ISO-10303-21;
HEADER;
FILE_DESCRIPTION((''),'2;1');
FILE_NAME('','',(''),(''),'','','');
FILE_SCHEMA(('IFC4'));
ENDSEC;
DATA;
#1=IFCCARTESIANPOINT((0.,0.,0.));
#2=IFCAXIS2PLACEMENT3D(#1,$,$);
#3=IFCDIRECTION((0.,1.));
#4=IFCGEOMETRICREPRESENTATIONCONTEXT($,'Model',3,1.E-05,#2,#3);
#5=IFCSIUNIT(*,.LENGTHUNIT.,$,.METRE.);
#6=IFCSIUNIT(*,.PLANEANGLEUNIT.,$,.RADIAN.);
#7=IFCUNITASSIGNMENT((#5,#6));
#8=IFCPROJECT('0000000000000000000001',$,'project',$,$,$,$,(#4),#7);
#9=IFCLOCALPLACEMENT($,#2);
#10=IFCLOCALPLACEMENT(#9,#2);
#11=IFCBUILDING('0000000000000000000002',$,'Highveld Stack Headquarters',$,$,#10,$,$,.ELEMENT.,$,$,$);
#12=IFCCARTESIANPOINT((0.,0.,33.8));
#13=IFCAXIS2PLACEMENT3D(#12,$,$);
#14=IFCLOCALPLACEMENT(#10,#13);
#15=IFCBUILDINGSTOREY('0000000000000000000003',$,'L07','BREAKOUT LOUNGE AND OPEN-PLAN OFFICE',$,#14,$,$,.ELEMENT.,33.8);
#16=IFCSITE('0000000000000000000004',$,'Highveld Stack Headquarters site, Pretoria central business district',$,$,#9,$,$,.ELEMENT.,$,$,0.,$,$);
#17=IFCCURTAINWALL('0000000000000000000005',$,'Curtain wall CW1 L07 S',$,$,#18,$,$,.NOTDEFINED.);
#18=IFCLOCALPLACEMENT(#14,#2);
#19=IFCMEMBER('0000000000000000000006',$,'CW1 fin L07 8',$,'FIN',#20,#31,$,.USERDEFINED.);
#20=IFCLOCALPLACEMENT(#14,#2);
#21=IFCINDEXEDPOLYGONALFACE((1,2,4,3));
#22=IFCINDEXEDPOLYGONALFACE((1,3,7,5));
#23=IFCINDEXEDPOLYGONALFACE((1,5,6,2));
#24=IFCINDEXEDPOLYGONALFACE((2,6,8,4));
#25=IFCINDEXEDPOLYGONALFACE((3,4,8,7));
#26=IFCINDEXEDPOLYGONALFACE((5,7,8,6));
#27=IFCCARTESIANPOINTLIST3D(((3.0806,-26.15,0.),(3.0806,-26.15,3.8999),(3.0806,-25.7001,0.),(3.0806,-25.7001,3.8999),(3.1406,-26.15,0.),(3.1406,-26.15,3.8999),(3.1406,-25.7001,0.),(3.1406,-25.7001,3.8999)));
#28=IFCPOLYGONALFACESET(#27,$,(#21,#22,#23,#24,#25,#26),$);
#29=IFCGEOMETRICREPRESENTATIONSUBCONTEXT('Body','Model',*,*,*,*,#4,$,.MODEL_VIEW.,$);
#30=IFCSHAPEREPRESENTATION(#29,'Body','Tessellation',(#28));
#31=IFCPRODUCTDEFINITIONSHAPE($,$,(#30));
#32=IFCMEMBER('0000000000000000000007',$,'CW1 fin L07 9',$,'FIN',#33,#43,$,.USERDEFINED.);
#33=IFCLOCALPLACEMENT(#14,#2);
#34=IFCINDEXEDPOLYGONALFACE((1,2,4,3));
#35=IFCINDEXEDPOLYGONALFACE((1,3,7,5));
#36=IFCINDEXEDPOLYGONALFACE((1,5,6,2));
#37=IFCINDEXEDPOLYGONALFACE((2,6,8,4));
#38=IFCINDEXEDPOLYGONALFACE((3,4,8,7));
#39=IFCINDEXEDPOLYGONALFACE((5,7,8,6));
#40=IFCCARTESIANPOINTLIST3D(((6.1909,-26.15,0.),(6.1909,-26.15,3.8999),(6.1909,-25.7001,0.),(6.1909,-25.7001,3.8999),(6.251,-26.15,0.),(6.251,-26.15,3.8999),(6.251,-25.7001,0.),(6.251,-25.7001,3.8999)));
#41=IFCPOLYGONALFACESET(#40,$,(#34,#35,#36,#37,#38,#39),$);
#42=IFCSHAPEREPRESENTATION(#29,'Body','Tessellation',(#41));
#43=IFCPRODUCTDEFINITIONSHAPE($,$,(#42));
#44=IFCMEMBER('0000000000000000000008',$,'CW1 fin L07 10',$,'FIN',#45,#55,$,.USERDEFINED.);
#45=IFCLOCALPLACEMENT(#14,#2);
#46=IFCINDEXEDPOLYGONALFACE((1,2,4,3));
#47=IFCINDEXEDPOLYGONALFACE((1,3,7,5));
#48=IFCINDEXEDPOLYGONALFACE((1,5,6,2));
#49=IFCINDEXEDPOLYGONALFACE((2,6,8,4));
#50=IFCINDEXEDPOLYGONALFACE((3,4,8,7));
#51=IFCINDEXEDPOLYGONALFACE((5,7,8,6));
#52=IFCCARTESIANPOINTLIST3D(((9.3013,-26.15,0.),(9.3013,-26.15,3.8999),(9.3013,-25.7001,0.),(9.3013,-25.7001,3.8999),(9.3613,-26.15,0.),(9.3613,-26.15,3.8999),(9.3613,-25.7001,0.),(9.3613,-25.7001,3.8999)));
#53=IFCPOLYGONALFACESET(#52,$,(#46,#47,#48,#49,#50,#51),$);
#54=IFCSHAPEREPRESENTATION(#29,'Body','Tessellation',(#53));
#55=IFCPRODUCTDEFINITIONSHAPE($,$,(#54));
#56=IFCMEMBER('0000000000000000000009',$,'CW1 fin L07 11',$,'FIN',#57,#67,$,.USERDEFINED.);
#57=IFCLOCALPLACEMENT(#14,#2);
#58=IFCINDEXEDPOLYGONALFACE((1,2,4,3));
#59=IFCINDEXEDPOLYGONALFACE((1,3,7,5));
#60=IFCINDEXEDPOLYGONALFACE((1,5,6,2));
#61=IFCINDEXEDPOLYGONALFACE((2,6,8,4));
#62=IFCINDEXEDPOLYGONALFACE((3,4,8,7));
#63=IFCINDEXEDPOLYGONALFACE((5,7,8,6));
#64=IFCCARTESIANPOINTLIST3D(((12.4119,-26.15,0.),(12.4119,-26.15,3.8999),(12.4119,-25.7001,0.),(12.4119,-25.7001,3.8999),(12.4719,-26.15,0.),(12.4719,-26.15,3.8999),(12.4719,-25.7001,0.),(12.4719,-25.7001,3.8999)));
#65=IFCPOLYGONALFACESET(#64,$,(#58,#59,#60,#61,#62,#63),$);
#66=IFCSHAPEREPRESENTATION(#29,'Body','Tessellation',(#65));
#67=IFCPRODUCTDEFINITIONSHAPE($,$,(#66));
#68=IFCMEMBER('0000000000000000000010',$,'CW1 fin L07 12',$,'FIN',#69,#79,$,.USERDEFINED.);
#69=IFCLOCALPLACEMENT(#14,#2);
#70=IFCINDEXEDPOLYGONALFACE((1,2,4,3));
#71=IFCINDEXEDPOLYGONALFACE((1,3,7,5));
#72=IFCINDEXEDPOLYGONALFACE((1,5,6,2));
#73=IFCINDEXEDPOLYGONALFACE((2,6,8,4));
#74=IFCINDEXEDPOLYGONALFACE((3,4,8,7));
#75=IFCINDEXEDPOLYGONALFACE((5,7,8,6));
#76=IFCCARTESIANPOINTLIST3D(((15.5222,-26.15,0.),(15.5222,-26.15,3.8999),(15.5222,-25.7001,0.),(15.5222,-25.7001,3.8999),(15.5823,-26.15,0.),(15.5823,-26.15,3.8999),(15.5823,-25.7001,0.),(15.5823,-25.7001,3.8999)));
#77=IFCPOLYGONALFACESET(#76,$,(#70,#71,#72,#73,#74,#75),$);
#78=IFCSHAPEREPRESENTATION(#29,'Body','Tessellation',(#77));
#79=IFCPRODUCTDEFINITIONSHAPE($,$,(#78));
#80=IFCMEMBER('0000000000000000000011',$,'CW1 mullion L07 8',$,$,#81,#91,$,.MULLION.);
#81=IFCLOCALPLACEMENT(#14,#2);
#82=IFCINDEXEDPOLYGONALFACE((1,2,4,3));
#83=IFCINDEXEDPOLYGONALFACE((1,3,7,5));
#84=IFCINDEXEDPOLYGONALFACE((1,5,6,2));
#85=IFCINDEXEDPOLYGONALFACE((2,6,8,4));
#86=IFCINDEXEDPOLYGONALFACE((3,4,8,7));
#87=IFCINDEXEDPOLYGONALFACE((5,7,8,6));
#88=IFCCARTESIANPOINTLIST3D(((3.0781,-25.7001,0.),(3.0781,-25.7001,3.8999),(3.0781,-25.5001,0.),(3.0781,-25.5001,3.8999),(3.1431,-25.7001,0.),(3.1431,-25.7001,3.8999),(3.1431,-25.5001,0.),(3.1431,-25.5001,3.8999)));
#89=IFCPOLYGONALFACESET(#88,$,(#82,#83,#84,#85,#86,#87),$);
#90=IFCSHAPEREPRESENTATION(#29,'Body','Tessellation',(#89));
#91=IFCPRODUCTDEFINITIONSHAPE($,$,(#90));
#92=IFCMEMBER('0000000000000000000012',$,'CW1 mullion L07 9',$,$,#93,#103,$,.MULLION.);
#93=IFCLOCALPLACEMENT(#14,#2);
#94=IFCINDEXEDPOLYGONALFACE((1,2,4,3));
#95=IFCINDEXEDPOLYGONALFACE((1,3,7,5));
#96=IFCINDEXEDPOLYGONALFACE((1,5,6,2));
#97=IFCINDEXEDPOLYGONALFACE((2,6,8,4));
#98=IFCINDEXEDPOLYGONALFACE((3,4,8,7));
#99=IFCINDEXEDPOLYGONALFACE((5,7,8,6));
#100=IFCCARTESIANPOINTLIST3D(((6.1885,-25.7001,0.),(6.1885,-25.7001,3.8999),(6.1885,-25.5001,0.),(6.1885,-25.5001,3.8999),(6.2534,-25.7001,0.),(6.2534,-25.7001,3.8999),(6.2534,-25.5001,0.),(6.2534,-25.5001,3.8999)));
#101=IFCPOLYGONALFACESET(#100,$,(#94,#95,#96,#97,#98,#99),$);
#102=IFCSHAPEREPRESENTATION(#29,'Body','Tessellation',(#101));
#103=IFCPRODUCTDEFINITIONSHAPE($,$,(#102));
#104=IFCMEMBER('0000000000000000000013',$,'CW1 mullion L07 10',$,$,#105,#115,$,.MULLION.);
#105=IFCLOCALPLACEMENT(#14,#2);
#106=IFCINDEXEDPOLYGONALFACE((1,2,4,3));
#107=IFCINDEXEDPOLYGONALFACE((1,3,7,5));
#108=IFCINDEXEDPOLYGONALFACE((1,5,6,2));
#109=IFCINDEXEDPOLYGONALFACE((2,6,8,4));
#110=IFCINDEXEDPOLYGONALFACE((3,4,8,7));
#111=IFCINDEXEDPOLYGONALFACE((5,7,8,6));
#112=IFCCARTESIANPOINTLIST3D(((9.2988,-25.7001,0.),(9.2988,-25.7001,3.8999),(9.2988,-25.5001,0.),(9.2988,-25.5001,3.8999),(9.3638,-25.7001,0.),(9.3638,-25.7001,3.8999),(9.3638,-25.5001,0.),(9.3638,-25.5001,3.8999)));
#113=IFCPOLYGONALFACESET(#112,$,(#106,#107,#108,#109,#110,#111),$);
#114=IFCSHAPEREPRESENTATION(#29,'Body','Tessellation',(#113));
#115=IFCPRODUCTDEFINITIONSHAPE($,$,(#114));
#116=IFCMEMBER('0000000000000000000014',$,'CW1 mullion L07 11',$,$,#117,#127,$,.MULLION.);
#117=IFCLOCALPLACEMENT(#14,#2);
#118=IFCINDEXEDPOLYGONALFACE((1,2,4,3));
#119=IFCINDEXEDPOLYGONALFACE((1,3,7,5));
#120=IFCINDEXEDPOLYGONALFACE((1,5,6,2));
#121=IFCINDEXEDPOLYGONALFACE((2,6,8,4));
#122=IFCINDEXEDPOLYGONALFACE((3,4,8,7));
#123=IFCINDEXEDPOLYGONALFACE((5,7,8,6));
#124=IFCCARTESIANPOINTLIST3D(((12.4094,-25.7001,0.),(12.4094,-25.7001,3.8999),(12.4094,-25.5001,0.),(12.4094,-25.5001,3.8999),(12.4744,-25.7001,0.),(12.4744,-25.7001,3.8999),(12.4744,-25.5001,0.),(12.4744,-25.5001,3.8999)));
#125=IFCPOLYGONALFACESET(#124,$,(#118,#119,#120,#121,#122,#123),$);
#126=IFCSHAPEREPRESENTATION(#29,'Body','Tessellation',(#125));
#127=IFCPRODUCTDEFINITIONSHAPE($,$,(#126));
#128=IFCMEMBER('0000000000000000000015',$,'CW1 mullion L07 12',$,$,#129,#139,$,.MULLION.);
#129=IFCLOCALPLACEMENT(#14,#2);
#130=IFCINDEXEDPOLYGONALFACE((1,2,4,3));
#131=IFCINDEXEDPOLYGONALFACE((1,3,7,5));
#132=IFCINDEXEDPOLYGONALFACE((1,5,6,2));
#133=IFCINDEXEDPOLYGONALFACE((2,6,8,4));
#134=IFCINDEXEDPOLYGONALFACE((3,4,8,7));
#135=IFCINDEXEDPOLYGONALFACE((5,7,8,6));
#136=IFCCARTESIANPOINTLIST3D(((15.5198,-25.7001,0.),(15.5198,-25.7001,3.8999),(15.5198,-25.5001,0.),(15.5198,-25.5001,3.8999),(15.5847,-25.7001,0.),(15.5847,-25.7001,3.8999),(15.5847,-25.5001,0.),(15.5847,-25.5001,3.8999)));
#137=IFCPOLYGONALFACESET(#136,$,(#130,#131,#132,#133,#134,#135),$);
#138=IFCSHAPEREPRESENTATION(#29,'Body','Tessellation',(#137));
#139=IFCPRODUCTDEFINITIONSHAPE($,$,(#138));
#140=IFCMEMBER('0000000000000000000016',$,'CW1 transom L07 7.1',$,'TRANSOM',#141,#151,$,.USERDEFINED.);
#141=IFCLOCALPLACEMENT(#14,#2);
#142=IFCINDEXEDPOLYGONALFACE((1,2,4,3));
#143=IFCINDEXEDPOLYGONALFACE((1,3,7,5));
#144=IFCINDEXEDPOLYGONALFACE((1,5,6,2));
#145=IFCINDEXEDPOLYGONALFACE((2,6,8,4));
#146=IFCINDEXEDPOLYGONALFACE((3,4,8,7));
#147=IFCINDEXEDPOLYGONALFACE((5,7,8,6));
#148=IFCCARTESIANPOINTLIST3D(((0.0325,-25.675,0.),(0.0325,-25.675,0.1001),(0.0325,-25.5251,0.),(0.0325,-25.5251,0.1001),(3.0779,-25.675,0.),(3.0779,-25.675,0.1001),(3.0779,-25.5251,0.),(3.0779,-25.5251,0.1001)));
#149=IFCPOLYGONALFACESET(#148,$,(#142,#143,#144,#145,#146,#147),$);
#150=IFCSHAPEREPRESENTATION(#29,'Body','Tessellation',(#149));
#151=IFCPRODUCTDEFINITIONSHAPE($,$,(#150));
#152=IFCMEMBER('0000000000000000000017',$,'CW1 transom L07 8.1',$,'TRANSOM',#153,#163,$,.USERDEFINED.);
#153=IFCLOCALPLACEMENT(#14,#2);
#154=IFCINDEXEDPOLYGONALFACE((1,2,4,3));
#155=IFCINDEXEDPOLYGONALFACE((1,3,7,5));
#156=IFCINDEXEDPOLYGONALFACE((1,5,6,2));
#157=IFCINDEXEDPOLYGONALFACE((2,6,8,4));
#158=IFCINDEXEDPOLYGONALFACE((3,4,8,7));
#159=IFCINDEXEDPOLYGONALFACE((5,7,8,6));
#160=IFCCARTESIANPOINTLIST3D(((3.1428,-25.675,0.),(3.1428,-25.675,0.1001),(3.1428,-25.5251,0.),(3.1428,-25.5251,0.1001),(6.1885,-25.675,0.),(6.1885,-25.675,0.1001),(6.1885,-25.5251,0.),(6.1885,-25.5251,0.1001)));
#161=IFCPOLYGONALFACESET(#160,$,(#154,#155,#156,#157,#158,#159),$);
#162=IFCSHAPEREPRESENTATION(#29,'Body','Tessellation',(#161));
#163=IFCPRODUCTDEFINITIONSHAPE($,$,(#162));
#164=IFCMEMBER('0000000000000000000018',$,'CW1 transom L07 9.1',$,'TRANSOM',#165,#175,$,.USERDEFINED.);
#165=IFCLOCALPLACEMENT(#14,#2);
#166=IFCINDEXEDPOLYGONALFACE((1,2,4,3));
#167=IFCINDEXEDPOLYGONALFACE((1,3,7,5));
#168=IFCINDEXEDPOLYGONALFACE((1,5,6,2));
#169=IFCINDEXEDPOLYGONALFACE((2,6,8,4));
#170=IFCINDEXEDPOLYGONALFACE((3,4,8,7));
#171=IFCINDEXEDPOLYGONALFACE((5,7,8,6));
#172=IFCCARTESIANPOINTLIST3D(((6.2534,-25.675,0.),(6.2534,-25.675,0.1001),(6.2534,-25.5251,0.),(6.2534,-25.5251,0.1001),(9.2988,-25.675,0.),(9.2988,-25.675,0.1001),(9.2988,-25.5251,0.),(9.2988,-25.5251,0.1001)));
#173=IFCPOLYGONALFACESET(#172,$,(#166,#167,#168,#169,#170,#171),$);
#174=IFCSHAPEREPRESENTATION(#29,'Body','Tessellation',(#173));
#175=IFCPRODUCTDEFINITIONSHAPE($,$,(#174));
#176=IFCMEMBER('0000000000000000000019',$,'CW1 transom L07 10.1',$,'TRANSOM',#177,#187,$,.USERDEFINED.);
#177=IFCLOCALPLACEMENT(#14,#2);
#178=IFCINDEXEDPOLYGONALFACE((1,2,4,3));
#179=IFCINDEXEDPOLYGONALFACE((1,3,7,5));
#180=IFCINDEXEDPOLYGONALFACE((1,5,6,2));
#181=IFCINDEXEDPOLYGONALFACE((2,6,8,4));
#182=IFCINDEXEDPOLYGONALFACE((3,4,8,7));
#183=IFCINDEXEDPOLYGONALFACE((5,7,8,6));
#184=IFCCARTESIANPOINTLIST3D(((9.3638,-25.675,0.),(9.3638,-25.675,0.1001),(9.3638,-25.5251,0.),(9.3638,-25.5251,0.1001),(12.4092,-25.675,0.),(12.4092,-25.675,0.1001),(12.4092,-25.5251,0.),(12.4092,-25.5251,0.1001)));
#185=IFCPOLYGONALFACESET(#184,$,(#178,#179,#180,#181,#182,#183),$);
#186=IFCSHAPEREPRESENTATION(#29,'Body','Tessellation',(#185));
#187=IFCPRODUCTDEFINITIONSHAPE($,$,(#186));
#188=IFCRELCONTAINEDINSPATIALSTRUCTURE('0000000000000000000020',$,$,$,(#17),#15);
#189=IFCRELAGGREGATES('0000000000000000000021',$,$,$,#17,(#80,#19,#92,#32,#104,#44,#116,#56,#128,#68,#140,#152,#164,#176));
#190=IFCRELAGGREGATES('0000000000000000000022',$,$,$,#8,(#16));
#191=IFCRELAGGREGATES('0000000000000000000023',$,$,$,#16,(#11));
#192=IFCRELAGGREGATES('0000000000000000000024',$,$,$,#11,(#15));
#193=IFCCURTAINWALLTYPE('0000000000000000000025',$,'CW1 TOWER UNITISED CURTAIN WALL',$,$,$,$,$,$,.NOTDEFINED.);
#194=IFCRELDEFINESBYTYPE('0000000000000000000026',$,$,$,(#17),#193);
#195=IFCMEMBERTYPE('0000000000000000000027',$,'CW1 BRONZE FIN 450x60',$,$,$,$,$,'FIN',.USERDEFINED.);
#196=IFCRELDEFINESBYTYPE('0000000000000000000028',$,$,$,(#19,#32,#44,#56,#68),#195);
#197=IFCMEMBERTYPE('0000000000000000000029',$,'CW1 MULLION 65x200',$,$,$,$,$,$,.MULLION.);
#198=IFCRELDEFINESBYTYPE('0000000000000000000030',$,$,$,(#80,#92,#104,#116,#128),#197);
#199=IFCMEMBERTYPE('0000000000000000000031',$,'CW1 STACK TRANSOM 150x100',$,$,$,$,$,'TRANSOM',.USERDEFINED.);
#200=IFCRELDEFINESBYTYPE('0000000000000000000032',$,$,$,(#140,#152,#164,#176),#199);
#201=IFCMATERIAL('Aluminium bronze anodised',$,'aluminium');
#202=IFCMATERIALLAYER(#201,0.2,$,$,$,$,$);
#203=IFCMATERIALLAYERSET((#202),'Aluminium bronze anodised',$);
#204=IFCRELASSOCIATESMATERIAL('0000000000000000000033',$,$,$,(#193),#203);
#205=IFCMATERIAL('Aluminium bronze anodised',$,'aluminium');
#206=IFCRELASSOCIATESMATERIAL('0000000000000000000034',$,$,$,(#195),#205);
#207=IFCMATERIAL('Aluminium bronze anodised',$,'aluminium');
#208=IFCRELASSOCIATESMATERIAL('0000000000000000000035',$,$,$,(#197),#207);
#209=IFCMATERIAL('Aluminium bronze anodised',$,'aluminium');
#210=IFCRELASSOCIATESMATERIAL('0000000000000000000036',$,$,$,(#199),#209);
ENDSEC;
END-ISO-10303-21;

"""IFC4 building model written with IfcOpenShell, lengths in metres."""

from ifc_helpers import new_model, si_unit, direction, frame, origin, origin_2d, place, context, subcontext, project, spatial, rectangle, extrude, material, layer, layer_set, material_profile, profile_set, type_object, element, aggregate, save


model = new_model("IFC4")

# Units and contexts
model_context = context("Model", 3, precision=1e-05, world=origin(), true_north=direction((0.0, 1.0)))
body_context = subcontext(model_context, "Body", "Model", "MODEL_VIEW")
ifc_project = project(units=[si_unit("LENGTHUNIT", "METRE"), si_unit("PLANEANGLEUNIT", "RADIAN")], contexts=[model_context])

# Site, building, storey
site_placement = place(None, origin())
site = spatial("IfcSite", under=ifc_project, at=site_placement, Name="Highveld Stack Headquarters site, Pretoria central business district", CompositionType="ELEMENT", RefElevation=0.0)
building_placement = place(site_placement, origin())
building = spatial("IfcBuilding", under=site, at=building_placement, Name="Highveld Stack Headquarters", CompositionType="ELEMENT")
storey_placement = place(building_placement, frame((0.0, 0.0, 33.8)))
storey = spatial("IfcBuildingStorey", under=building, at=storey_placement, Name="L07", Description="BREAKOUT LOUNGE AND OPEN-PLAN OFFICE", CompositionType="ELEMENT", Elevation=33.8)

# Curtain wall, members
ifc_material_1 = material(Name="Aluminium bronze anodised", Category="aluminium")
ifc_layer_1 = layer(ifc_material_1, 0.2)
ifc_layer_set_1 = layer_set([ifc_layer_1], Name="Aluminium bronze anodised")
curtain_wall_type = type_object("IfcCurtainWallType", Name="CW1 TOWER UNITISED CURTAIN WALL", PredefinedType="NOTDEFINED", material=ifc_layer_set_1)
curtain_wall_placement = place(storey_placement, origin())
curtain_wall = element("IfcCurtainWall", 1, at=curtain_wall_placement, inside=storey, type_object=curtain_wall_type, Name="Curtain wall CW1 L07 S", PredefinedType="NOTDEFINED")
ifc_material_2 = material(Name="Aluminium bronze anodised", Category="aluminium")
ifc_material_profile_1 = material_profile(ifc_material_2, rectangle(XDim=0.45, YDim=0.0601, at=origin_2d()), Name="FIN 450x60")
ifc_profile_set_1 = profile_set([ifc_material_profile_1], Name="Aluminium bronze anodised")
member_type_1 = type_object("IfcMemberType", Name="CW1 BRONZE FIN 450x60", ElementType="FIN", PredefinedType="USERDEFINED", material=ifc_profile_set_1)
member_1_placement = place(storey_placement, frame((3.1106, -25.925, 0.0), z_axis=(0.0, 0.0, 1.0), x_axis=(0.0, 1.0, 0.0)))
member_1 = element("IfcMember", 2, at=member_1_placement, type_object=member_type_1, Name="CW1 fin L07 8", ObjectType="FIN", PredefinedType="USERDEFINED", context=body_context, shape_type="SweptSolid", body=[
    extrude(rectangle(XDim=0.45, YDim=0.0601, at=origin_2d()), origin(), (0.0, 0.0, 1.0), 3.8999),
])
member_2_placement = place(storey_placement, frame((6.2209, -25.925, 0.0), z_axis=(0.0, 0.0, 1.0), x_axis=(0.0, 1.0, 0.0)))
member_2 = element("IfcMember", 3, at=member_2_placement, type_object=member_type_1, Name="CW1 fin L07 9", ObjectType="FIN", PredefinedType="USERDEFINED", context=body_context, shape_type="SweptSolid", body=[
    extrude(rectangle(XDim=0.45, YDim=0.0601, at=origin_2d()), origin(), (0.0, 0.0, 1.0), 3.8999),
])
member_3_placement = place(storey_placement, frame((9.3313, -25.925, 0.0), z_axis=(0.0, 0.0, 1.0), x_axis=(0.0, 1.0, 0.0)))
member_3 = element("IfcMember", 4, at=member_3_placement, type_object=member_type_1, Name="CW1 fin L07 10", ObjectType="FIN", PredefinedType="USERDEFINED", context=body_context, shape_type="SweptSolid", body=[
    extrude(rectangle(XDim=0.45, YDim=0.0601, at=origin_2d()), origin(), (0.0, 0.0, 1.0), 3.8999),
])
member_4_placement = place(storey_placement, frame((12.4419, -25.925, 0.0), z_axis=(0.0, 0.0, 1.0), x_axis=(0.0, 1.0, 0.0)))
member_4 = element("IfcMember", 5, at=member_4_placement, type_object=member_type_1, Name="CW1 fin L07 11", ObjectType="FIN", PredefinedType="USERDEFINED", context=body_context, shape_type="SweptSolid", body=[
    extrude(rectangle(XDim=0.45, YDim=0.0601, at=origin_2d()), origin(), (0.0, 0.0, 1.0), 3.8999),
])
member_5_placement = place(storey_placement, frame((15.5522, -25.925, 0.0), z_axis=(0.0, 0.0, 1.0), x_axis=(0.0, 1.0, 0.0)))
member_5 = element("IfcMember", 6, at=member_5_placement, type_object=member_type_1, Name="CW1 fin L07 12", ObjectType="FIN", PredefinedType="USERDEFINED", context=body_context, shape_type="SweptSolid", body=[
    extrude(rectangle(XDim=0.45, YDim=0.0601, at=origin_2d()), origin(), (0.0, 0.0, 1.0), 3.8999),
])
ifc_material_3 = material(Name="Aluminium bronze anodised", Category="aluminium")
ifc_material_profile_2 = material_profile(ifc_material_3, rectangle(XDim=0.2, YDim=0.0649, at=origin_2d()), Name="CW1 MULLION 65x200")
ifc_profile_set_2 = profile_set([ifc_material_profile_2], Name="Aluminium bronze anodised")
member_type_2 = type_object("IfcMemberType", Name="CW1 MULLION 65x200", PredefinedType="MULLION", material=ifc_profile_set_2)
member_6_placement = place(storey_placement, frame((3.1106, -25.6001, 0.0), z_axis=(0.0, 0.0, 1.0), x_axis=(0.0, 1.0, 0.0)))
member_6 = element("IfcMember", 7, at=member_6_placement, type_object=member_type_2, Name="CW1 mullion L07 8", PredefinedType="MULLION", context=body_context, shape_type="SweptSolid", body=[
    extrude(rectangle(XDim=0.2, YDim=0.0649, at=origin_2d()), origin(), (0.0, 0.0, 1.0), 3.8999),
])
member_7_placement = place(storey_placement, frame((6.2209, -25.6001, 0.0), z_axis=(0.0, 0.0, 1.0), x_axis=(0.0, 1.0, 0.0)))
member_7 = element("IfcMember", 8, at=member_7_placement, type_object=member_type_2, Name="CW1 mullion L07 9", PredefinedType="MULLION", context=body_context, shape_type="SweptSolid", body=[
    extrude(rectangle(XDim=0.2, YDim=0.0649, at=origin_2d()), origin(), (0.0, 0.0, 1.0), 3.8999),
])
member_8_placement = place(storey_placement, frame((9.3313, -25.6001, 0.0), z_axis=(0.0, 0.0, 1.0), x_axis=(0.0, 1.0, 0.0)))
member_8 = element("IfcMember", 9, at=member_8_placement, type_object=member_type_2, Name="CW1 mullion L07 10", PredefinedType="MULLION", context=body_context, shape_type="SweptSolid", body=[
    extrude(rectangle(XDim=0.2, YDim=0.0649, at=origin_2d()), origin(), (0.0, 0.0, 1.0), 3.8999),
])
member_9_placement = place(storey_placement, frame((12.4419, -25.6001, 0.0), z_axis=(0.0, 0.0, 1.0), x_axis=(0.0, 1.0, 0.0)))
member_9 = element("IfcMember", 10, at=member_9_placement, type_object=member_type_2, Name="CW1 mullion L07 11", PredefinedType="MULLION", context=body_context, shape_type="SweptSolid", body=[
    extrude(rectangle(XDim=0.2, YDim=0.0649, at=origin_2d()), origin(), (0.0, 0.0, 1.0), 3.8999),
])
member_10_placement = place(storey_placement, frame((15.5522, -25.6001, 0.0), z_axis=(0.0, 0.0, 1.0), x_axis=(0.0, 1.0, 0.0)))
member_10 = element("IfcMember", 11, at=member_10_placement, type_object=member_type_2, Name="CW1 mullion L07 12", PredefinedType="MULLION", context=body_context, shape_type="SweptSolid", body=[
    extrude(rectangle(XDim=0.2, YDim=0.0649, at=origin_2d()), origin(), (0.0, 0.0, 1.0), 3.8999),
])
ifc_material_4 = material(Name="Aluminium bronze anodised", Category="aluminium")
ifc_material_profile_3 = material_profile(ifc_material_4, rectangle(XDim=0.1499, YDim=0.1001, at=origin_2d()), Name="CW1 TRANSOM 150x100")
ifc_profile_set_3 = profile_set([ifc_material_profile_3], Name="Aluminium bronze anodised")
member_type_3 = type_object("IfcMemberType", Name="CW1 STACK TRANSOM 150x100", ElementType="TRANSOM", PredefinedType="USERDEFINED", material=ifc_profile_set_3)
member_11_placement = place(storey_placement, frame((0.0325, -25.6001, 0.05), z_axis=(1.0, 0.0, 0.0), x_axis=(0.0, 1.0, 0.0)))
member_11 = element("IfcMember", 12, at=member_11_placement, type_object=member_type_3, Name="CW1 transom L07 7.1", ObjectType="TRANSOM", PredefinedType="USERDEFINED", context=body_context, shape_type="SweptSolid", body=[
    extrude(rectangle(XDim=0.1499, YDim=0.1001, at=origin_2d()), origin(), (0.0, 0.0, 1.0), 3.0454),
])
member_12_placement = place(storey_placement, frame((3.1428, -25.6001, 0.05), z_axis=(1.0, 0.0, 0.0), x_axis=(0.0, 1.0, 0.0)))
member_12 = element("IfcMember", 13, at=member_12_placement, type_object=member_type_3, Name="CW1 transom L07 8.1", ObjectType="TRANSOM", PredefinedType="USERDEFINED", context=body_context, shape_type="SweptSolid", body=[
    extrude(rectangle(XDim=0.1499, YDim=0.1001, at=origin_2d()), origin(), (0.0, 0.0, 1.0), 3.0457),
])
member_13_placement = place(storey_placement, frame((6.2534, -25.6001, 0.05), z_axis=(1.0, 0.0, 0.0), x_axis=(0.0, 1.0, 0.0)))
member_13 = element("IfcMember", 14, at=member_13_placement, type_object=member_type_3, Name="CW1 transom L07 9.1", ObjectType="TRANSOM", PredefinedType="USERDEFINED", context=body_context, shape_type="SweptSolid", body=[
    extrude(rectangle(XDim=0.1499, YDim=0.1001, at=origin_2d()), origin(), (0.0, 0.0, 1.0), 3.0454),
])
member_14_placement = place(storey_placement, frame((9.3638, -25.6001, 0.05), z_axis=(1.0, 0.0, 0.0), x_axis=(0.0, 1.0, 0.0)))
member_14 = element("IfcMember", 15, at=member_14_placement, type_object=member_type_3, Name="CW1 transom L07 10.1", ObjectType="TRANSOM", PredefinedType="USERDEFINED", context=body_context, shape_type="SweptSolid", body=[
    extrude(rectangle(XDim=0.1499, YDim=0.1001, at=origin_2d()), origin(), (0.0, 0.0, 1.0), 3.0454),
])
aggregate(curtain_wall, [member_6, member_1, member_7, member_2, member_8, member_3, member_9, member_4, member_10, member_5, member_11, member_12, member_13, member_14])

save(model, "model.ifc")
